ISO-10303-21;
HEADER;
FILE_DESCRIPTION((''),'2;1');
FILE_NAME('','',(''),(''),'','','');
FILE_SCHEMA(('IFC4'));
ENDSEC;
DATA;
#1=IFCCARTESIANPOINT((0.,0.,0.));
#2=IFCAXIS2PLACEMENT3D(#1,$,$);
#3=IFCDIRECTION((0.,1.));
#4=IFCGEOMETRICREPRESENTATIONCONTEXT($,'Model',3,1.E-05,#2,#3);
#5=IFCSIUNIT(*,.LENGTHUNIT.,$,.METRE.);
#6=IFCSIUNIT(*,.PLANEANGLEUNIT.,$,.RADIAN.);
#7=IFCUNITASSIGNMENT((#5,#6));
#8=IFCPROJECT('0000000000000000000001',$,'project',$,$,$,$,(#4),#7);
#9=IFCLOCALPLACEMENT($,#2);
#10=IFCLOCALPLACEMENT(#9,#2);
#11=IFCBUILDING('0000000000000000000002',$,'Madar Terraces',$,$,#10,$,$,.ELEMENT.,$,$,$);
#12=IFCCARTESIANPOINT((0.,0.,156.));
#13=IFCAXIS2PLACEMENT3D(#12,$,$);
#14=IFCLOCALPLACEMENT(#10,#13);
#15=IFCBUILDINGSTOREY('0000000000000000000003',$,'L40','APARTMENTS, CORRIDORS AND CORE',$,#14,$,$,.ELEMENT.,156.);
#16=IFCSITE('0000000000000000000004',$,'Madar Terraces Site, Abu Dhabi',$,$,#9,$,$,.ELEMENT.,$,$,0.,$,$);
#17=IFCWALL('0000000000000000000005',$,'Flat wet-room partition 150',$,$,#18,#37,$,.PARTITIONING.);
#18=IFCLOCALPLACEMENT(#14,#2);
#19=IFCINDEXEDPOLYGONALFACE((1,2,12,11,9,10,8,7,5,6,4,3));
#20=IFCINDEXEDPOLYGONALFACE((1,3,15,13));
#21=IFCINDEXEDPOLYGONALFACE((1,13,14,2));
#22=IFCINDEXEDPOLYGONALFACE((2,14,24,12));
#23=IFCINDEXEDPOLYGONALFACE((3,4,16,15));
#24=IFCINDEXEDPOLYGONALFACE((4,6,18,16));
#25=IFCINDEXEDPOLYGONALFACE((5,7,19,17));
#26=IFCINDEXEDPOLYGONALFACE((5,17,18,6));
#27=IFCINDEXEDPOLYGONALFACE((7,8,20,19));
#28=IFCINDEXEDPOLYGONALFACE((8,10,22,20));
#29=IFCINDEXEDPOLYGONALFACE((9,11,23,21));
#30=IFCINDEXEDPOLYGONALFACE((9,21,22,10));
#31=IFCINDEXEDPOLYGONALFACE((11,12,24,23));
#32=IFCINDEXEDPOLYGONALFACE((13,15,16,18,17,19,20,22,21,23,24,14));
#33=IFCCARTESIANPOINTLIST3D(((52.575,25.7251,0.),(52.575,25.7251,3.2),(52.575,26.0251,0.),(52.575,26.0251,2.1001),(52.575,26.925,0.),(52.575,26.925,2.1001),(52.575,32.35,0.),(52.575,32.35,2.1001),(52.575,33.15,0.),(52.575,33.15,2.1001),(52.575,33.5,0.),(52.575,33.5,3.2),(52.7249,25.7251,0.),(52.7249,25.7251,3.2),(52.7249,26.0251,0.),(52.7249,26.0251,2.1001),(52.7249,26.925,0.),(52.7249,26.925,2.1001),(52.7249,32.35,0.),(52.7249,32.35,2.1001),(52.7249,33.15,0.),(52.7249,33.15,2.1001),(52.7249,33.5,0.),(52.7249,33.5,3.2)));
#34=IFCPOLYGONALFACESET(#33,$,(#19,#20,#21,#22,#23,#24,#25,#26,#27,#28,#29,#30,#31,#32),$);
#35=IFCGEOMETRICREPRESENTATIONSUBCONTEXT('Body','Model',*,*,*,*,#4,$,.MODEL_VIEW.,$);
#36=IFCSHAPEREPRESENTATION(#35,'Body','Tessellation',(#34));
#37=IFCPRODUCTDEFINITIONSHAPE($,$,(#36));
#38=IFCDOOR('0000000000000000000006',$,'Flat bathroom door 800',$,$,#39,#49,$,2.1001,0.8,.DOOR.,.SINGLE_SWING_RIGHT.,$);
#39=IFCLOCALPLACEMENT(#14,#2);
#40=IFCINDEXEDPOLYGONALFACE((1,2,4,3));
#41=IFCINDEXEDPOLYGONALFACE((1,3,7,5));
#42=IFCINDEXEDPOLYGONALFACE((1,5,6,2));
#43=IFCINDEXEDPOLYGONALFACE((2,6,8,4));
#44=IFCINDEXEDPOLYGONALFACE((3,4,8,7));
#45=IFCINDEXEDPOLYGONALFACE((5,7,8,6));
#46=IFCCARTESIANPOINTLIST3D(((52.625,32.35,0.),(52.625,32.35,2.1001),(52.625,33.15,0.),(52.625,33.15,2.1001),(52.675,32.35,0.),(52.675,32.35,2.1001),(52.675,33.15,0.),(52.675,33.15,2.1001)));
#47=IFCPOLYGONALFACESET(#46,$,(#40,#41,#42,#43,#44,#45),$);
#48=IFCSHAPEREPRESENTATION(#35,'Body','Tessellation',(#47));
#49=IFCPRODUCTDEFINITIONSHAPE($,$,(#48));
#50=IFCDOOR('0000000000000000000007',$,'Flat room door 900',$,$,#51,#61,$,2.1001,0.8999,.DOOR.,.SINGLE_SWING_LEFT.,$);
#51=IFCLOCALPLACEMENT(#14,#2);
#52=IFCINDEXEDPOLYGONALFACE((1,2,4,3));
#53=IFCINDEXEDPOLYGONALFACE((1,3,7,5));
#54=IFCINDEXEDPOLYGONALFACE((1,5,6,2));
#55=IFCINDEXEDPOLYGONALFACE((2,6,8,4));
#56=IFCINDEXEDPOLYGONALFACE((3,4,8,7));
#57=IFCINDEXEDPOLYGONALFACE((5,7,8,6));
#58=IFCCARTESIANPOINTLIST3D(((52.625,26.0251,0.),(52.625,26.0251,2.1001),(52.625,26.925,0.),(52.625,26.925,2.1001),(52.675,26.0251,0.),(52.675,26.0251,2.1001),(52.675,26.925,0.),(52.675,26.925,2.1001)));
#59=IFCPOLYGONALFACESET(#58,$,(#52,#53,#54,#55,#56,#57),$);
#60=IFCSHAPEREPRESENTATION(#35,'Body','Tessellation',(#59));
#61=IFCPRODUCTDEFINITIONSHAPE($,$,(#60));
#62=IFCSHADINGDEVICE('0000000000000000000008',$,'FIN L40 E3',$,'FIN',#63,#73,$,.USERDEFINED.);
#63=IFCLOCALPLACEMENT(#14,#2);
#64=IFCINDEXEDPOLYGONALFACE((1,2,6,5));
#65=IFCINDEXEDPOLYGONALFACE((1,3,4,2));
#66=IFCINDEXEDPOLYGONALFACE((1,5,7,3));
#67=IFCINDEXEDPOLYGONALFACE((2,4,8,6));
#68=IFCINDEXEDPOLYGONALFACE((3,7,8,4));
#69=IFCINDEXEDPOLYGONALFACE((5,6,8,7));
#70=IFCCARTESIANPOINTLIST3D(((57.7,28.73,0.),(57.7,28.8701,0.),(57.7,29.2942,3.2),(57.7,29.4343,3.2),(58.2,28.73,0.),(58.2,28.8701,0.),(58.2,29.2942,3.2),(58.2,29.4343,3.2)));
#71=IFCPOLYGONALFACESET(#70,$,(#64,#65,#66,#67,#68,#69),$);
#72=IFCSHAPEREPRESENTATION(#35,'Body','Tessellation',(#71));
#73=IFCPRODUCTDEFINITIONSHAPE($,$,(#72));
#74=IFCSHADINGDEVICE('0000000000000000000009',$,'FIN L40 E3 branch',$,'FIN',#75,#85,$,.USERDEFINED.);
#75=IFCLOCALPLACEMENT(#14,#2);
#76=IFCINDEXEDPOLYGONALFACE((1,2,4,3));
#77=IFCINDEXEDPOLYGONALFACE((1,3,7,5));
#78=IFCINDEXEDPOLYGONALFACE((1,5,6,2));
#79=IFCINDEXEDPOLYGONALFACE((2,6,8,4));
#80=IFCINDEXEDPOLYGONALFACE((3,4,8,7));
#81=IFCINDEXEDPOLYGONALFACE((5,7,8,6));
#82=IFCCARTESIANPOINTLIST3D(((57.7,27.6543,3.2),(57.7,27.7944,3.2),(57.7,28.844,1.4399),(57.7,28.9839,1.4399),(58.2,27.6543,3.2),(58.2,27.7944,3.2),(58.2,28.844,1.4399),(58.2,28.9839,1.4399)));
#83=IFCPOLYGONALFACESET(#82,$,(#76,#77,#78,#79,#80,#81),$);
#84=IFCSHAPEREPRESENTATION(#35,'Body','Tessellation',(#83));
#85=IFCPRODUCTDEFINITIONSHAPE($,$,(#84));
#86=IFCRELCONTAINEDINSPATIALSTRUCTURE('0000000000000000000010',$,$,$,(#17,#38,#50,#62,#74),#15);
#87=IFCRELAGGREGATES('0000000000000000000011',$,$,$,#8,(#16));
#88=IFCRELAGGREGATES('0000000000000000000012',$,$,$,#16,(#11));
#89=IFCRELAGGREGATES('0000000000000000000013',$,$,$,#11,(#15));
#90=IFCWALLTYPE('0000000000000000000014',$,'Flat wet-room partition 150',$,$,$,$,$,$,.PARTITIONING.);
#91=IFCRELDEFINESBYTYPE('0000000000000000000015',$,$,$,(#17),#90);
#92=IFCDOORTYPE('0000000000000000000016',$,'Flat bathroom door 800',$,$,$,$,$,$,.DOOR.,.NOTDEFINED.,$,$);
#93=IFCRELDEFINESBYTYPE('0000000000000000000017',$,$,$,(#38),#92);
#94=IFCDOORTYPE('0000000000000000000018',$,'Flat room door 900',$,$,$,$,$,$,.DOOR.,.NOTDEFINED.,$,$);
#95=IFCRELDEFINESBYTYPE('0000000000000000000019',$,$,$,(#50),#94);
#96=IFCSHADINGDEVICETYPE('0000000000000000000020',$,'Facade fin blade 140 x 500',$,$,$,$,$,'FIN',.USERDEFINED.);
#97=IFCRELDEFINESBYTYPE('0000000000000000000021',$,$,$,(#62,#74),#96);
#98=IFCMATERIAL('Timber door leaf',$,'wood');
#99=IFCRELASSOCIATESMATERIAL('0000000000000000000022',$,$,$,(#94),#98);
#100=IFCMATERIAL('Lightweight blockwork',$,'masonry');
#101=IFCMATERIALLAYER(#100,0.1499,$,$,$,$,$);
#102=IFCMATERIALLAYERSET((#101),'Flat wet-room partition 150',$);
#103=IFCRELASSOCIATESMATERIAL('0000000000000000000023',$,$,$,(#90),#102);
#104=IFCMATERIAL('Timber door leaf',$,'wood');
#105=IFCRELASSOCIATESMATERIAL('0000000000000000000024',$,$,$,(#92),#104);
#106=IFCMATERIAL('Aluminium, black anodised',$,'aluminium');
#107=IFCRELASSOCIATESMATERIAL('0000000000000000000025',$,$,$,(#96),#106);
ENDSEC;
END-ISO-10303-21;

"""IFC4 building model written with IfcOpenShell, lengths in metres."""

from ifc_helpers import new_model, si_unit, direction, frame, frame_2d, origin, place, context, subcontext, project, spatial, polyline, rectangle, outline, extrude, material, layer, layer_set, type_object, element, fill, save


model = new_model("IFC4")

# Units and contexts
model_context = context("Model", 3, precision=1e-05, world=origin(), true_north=direction((0.0, 1.0)))
body_context = subcontext(model_context, "Body", "Model", "MODEL_VIEW")
ifc_project = project(units=[si_unit("LENGTHUNIT", "METRE"), si_unit("PLANEANGLEUNIT", "RADIAN")], contexts=[model_context])

# Site, building, storey
site_placement = place(None, origin())
site = spatial("IfcSite", under=ifc_project, at=site_placement, Name="Madar Terraces Site, Abu Dhabi", CompositionType="ELEMENT", RefElevation=0.0)
building_placement = place(site_placement, origin())
building = spatial("IfcBuilding", under=site, at=building_placement, Name="Madar Terraces", CompositionType="ELEMENT")
storey_placement = place(building_placement, frame((0.0, 0.0, 156.0)))
storey = spatial("IfcBuildingStorey", under=building, at=storey_placement, Name="L40", Description="APARTMENTS, CORRIDORS AND CORE", CompositionType="ELEMENT", Elevation=156.0)

# Shared definitions
ifc_material_1 = material(Name="Timber door leaf", Category="wood")
door_type_1 = type_object("IfcDoorType", Name="Flat room door 900", OperationType="NOTDEFINED", PredefinedType="DOOR", material=ifc_material_1)

# Shared definitions
ifc_material_2 = material(Name="Lightweight blockwork", Category="masonry")
ifc_layer_1 = layer(ifc_material_2, 0.1499)
ifc_layer_set_1 = layer_set([ifc_layer_1], Name="Flat wet-room partition 150")
wall_type_1 = type_object("IfcWallType", Name="Flat wet-room partition 150", PredefinedType="PARTITIONING", material=ifc_layer_set_1)

# Wall, openings, doors
wall_1_placement = place(storey_placement, frame((52.6499, 25.7251, 0.0), z_axis=(0.0, 0.0, 1.0), x_axis=(0.0, 1.0, 0.0)))
wall_1 = element("IfcWall", 1, at=wall_1_placement, inside=storey, type_object=wall_type_1, Name="Flat wet-room partition 150", PredefinedType="PARTITIONING", context=body_context, shape_type="SweptSolid", body=[
    extrude(rectangle(XDim=7.7749, YDim=0.1499, at=frame_2d((3.8875, 0.0))), origin(), (0.0, 0.0, 1.0), 3.2),
])
opening_1_placement = place(wall_1_placement, frame((0.3, 0.0, 0.0)))
opening_1 = element("IfcOpeningElement", 2, at=opening_1_placement, cuts=wall_1, PredefinedType="OPENING", context=body_context, shape_type="SweptSolid", body=[
    extrude(rectangle(XDim=0.8999, YDim=2.1001, at=frame_2d((0.45, 1.05))), frame((0.0, 0.085, 0.0), z_axis=(0.0, -1.0, 0.0), x_axis=(1.0, 0.0, 0.0)), (0.0, 0.0, 1.0), 0.1699),
])
opening_2_placement = place(wall_1_placement, frame((6.625, 0.0, 0.0)))
opening_2 = element("IfcOpeningElement", 3, at=opening_2_placement, cuts=wall_1, PredefinedType="OPENING", context=body_context, shape_type="SweptSolid", body=[
    extrude(rectangle(XDim=0.8, YDim=2.1001, at=frame_2d((0.3999, 1.05))), frame((0.0, 0.085, 0.0), z_axis=(0.0, -1.0, 0.0), x_axis=(1.0, 0.0, 0.0)), (0.0, 0.0, 1.0), 0.1699),
])
ifc_material_3 = material(Name="Timber door leaf", Category="wood")
door_type_2 = type_object("IfcDoorType", Name="Flat bathroom door 800", OperationType="NOTDEFINED", PredefinedType="DOOR", material=ifc_material_3)
door_1_placement = place(opening_2_placement, origin())
door_1 = element("IfcDoor", 4, at=door_1_placement, inside=storey, type_object=door_type_2, Name="Flat bathroom door 800", OperationType="SINGLE_SWING_RIGHT", OverallHeight=2.1001, OverallWidth=0.8, PredefinedType="DOOR", context=body_context, shape_type="SweptSolid", body=[
    extrude(rectangle(XDim=0.8, YDim=2.1001, at=frame_2d((0.3999, 1.05))), frame((0.0, 0.0249, 0.0), z_axis=(0.0, -1.0, 0.0), x_axis=(1.0, 0.0, 0.0)), (0.0, 0.0, 1.0), 0.05),
])
fill(opening_2, door_1)
door_2_placement = place(opening_1_placement, origin())
door_2 = element("IfcDoor", 5, at=door_2_placement, inside=storey, type_object=door_type_1, Name="Flat room door 900", OperationType="SINGLE_SWING_LEFT", OverallHeight=2.1001, OverallWidth=0.8999, PredefinedType="DOOR", context=body_context, shape_type="SweptSolid", body=[
    extrude(rectangle(XDim=0.8999, YDim=2.1001, at=frame_2d((0.45, 1.05))), frame((0.0, 0.0249, 0.0), z_axis=(0.0, -1.0, 0.0), x_axis=(1.0, 0.0, 0.0)), (0.0, 0.0, 1.0), 0.05),
])
fill(opening_1, door_2)

# Shading devices
ifc_material_4 = material(Name="Aluminium, black anodised", Category="aluminium")
shading_device_type = type_object("IfcShadingDeviceType", Name="Facade fin blade 140 x 500", ElementType="FIN", PredefinedType="USERDEFINED", material=ifc_material_4)
shading_device_1_placement = place(storey_placement, frame((57.95, 28.73, 0.0), z_axis=(0.0, 0.0, 1.0), x_axis=(0.0, 1.0, 0.0)))
element("IfcShadingDevice", 6, at=shading_device_1_placement, inside=storey, type_object=shading_device_type, Name="FIN L40 E3", ObjectType="FIN", PredefinedType="USERDEFINED", context=body_context, shape_type="SweptSolid", body=[
    extrude(outline(polyline([(0.0, 0.0), (0.1401, 0.0), (0.7043, 3.2), (0.5642, 3.2), (0.0, 0.0)])), frame((0.0, 0.25, 0.0), z_axis=(0.0, -1.0, 0.0), x_axis=(1.0, 0.0, 0.0)), (0.0, 0.0, 1.0), 0.5),
])
shading_device_2_placement = place(storey_placement, frame((57.95, 28.844, 1.4399), z_axis=(0.0, 0.0, 1.0), x_axis=(0.0, 1.0, 0.0)))
element("IfcShadingDevice", 7, at=shading_device_2_placement, inside=storey, type_object=shading_device_type, Name="FIN L40 E3 branch", ObjectType="FIN", PredefinedType="USERDEFINED", context=body_context, shape_type="SweptSolid", body=[
    extrude(outline(polyline([(0.0, 0.0), (0.1399, 0.0), (-1.0496, 1.76), (-1.1897, 1.76), (0.0, 0.0)])), frame((0.0, 0.25, 0.0), z_axis=(0.0, -1.0, 0.0), x_axis=(1.0, 0.0, 0.0)), (0.0, 0.0, 1.0), 0.5),
])

save(model, "model.ifc")
